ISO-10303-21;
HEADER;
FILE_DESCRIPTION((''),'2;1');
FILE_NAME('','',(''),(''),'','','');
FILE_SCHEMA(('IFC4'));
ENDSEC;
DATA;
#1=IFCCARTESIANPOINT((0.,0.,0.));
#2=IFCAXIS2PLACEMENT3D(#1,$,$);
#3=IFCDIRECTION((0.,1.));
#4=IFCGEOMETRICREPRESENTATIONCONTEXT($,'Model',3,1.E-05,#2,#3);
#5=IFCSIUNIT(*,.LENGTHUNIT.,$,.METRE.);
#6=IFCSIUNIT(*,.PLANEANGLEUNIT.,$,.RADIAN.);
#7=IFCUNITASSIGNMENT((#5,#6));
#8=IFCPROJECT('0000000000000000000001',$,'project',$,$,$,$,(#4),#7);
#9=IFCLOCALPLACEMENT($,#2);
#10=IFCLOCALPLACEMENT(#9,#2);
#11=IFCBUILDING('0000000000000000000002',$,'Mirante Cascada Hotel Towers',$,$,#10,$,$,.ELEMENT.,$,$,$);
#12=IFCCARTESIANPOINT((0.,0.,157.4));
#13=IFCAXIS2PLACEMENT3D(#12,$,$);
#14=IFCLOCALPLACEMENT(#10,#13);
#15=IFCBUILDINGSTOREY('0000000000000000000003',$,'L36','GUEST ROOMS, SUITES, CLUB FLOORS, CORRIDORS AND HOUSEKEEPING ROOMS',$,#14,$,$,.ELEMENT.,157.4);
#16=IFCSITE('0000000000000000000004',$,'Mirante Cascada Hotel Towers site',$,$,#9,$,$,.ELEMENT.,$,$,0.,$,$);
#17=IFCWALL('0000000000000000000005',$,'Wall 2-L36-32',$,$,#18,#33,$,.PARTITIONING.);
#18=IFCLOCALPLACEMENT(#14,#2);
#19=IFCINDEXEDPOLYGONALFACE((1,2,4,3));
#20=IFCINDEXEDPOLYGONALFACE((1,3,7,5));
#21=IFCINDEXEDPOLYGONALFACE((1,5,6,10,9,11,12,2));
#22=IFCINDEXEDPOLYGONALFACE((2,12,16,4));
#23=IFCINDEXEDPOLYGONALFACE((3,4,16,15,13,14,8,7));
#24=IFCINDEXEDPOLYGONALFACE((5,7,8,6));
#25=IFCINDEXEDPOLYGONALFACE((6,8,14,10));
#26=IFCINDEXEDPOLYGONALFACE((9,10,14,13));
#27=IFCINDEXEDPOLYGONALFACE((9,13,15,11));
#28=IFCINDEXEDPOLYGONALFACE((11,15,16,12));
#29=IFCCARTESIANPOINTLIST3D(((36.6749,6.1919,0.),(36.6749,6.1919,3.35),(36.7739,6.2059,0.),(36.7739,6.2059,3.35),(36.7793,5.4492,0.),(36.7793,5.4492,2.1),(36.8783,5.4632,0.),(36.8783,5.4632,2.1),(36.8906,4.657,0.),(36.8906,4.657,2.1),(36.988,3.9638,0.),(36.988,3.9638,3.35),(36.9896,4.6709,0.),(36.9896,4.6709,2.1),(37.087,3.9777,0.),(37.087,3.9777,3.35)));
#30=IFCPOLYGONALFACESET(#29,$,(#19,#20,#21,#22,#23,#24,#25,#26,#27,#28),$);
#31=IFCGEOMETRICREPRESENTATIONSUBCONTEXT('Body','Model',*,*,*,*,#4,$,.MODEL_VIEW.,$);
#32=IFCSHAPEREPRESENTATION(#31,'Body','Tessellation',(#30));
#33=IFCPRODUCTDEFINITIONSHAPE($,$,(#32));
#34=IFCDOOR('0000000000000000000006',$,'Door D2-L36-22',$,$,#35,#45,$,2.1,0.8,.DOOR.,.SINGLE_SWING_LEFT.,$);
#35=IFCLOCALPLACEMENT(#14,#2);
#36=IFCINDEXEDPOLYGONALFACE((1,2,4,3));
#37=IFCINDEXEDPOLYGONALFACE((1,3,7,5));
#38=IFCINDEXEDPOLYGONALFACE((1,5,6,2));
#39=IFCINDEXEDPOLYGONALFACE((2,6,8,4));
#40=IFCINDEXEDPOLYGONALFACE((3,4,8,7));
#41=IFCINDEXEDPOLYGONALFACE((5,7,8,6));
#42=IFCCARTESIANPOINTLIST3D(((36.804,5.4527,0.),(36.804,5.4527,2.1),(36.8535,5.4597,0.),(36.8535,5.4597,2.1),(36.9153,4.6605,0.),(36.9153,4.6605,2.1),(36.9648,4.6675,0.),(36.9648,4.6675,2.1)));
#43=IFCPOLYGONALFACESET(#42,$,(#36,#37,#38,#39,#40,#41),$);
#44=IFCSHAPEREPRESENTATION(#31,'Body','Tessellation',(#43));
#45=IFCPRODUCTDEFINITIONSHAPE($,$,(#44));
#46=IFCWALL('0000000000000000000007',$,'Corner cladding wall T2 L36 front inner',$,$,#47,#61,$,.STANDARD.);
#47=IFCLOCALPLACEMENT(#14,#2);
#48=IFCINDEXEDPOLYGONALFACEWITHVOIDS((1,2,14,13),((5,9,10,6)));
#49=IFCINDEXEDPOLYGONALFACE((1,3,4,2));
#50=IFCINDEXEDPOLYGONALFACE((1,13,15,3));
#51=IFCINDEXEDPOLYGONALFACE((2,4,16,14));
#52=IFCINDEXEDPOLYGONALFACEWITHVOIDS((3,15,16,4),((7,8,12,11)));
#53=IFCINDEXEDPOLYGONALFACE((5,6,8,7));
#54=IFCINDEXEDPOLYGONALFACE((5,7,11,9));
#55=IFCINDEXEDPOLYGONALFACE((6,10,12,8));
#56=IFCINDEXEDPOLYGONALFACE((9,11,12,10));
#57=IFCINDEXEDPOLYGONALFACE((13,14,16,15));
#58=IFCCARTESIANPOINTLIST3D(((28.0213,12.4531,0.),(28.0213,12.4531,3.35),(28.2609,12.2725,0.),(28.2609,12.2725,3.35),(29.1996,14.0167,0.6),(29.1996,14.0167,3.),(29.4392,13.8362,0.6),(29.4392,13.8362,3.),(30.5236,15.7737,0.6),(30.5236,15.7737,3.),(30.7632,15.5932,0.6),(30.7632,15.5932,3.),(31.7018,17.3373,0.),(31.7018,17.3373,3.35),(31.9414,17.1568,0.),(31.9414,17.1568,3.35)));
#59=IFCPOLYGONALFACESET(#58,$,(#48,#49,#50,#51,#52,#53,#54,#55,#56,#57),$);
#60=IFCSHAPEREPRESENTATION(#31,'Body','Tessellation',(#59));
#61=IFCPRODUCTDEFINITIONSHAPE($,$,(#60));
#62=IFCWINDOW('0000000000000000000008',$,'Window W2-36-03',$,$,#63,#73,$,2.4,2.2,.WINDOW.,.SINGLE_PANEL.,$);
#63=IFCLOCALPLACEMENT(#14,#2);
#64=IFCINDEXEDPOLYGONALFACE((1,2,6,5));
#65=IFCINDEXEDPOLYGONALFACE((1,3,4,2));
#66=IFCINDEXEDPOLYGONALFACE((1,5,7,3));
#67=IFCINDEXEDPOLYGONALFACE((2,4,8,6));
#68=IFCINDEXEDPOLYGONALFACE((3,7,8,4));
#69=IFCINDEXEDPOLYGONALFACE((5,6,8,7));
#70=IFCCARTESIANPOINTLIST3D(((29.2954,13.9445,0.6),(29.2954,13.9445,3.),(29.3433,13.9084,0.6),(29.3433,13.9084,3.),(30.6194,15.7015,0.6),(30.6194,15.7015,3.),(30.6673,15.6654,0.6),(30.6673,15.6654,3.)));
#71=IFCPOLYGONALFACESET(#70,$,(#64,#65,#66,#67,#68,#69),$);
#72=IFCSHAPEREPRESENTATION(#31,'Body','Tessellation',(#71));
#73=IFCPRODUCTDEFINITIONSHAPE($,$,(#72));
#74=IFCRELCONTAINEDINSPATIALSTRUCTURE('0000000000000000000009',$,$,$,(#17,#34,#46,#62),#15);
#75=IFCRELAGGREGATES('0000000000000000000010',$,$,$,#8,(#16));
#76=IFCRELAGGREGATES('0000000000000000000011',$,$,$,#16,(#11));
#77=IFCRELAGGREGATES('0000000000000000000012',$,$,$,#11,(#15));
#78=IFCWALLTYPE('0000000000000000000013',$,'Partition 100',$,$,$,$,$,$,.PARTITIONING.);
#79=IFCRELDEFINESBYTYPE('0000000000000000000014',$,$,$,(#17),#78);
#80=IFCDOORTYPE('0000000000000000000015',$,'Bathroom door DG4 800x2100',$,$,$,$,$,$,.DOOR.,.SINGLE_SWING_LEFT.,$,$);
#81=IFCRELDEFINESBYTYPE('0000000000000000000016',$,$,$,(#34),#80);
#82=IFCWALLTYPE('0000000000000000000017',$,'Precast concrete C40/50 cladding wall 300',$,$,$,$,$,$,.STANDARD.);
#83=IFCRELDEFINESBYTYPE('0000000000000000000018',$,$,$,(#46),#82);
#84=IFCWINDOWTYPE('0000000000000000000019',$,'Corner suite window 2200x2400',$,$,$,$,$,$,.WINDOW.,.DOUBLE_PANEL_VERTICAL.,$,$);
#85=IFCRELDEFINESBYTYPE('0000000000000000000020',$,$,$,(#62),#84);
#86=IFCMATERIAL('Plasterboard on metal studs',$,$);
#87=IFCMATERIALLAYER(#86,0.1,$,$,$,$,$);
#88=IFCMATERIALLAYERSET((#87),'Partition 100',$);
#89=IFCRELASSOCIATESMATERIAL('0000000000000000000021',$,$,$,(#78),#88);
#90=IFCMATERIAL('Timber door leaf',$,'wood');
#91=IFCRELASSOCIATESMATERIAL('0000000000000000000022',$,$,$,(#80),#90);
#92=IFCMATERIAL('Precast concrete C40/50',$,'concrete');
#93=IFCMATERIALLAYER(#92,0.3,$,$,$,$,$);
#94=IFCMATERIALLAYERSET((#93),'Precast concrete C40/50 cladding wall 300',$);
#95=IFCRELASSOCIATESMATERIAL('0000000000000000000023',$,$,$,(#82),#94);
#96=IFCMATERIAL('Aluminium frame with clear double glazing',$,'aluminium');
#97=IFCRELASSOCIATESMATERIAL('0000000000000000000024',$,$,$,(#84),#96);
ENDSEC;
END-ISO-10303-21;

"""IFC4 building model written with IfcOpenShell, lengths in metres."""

from ifc_helpers import new_model, si_unit, direction, frame, frame_2d, origin, place, context, subcontext, project, spatial, rectangle, extrude, material, layer, layer_set, type_object, element, fill, save


model = new_model("IFC4")

# Units and contexts
model_context = context("Model", 3, precision=1e-05, world=origin(), true_north=direction((0.0, 1.0)))
body_context = subcontext(model_context, "Body", "Model", "MODEL_VIEW")
ifc_project = project(units=[si_unit("LENGTHUNIT", "METRE"), si_unit("PLANEANGLEUNIT", "RADIAN")], contexts=[model_context])

# Site, building, storey
site_placement = place(None, origin())
site = spatial("IfcSite", under=ifc_project, at=site_placement, Name="Mirante Cascada Hotel Towers site", CompositionType="ELEMENT", RefElevation=0.0)
building_placement = place(site_placement, origin())
building = spatial("IfcBuilding", under=site, at=building_placement, Name="Mirante Cascada Hotel Towers", CompositionType="ELEMENT")
storey_placement = place(building_placement, frame((0.0, 0.0, 157.4)))
storey = spatial("IfcBuildingStorey", under=building, at=storey_placement, Name="L36", Description="GUEST ROOMS, SUITES, CLUB FLOORS, CORRIDORS AND HOUSEKEEPING ROOMS", CompositionType="ELEMENT", Elevation=157.4)

# Shared definitions
ifc_material_1 = material(Name="Plasterboard on metal studs")
ifc_layer_1 = layer(ifc_material_1, 0.1)
ifc_layer_set_1 = layer_set([ifc_layer_1], Name="Partition 100")
wall_type_1 = type_object("IfcWallType", Name="Partition 100", PredefinedType="PARTITIONING", material=ifc_layer_set_1)

# Shared definitions
ifc_material_2 = material(Name="Timber door leaf", Category="wood")
door_type = type_object("IfcDoorType", Name="Bathroom door DG4 800x2100", OperationType="SINGLE_SWING_LEFT", PredefinedType="DOOR", material=ifc_material_2)

# Wall, opening, door
wall_1_placement = place(storey_placement, frame((36.7244, 6.1989, 0.0), z_axis=(0.0, 0.0, 1.0), x_axis=(0.139156, -0.990271, 0.0)))
wall_1 = element("IfcWall", 1, at=wall_1_placement, inside=storey, type_object=wall_type_1, Name="Wall 2-L36-32", PredefinedType="PARTITIONING", context=body_context, shape_type="SweptSolid", body=[
    extrude(rectangle(XDim=2.25, YDim=0.1, at=frame_2d((1.125, 0.0))), origin(), (0.0, 0.0, 1.0), 3.35),
])
opening_1_placement = place(wall_1_placement, frame((0.75, 0.0, 0.0)))
opening_1 = element("IfcOpeningElement", 2, at=opening_1_placement, cuts=wall_1, PredefinedType="OPENING", context=body_context, shape_type="SweptSolid", body=[
    extrude(rectangle(XDim=0.8, YDim=2.1, at=frame_2d((0.4, 1.05))), frame((0.0, 0.05, 0.0), z_axis=(0.0, -1.0, 0.0), x_axis=(1.0, 0.0, 0.0)), (0.0, 0.0, 1.0), 0.1),
])
door_1_placement = place(opening_1_placement, origin())
door_1 = element("IfcDoor", 3, at=door_1_placement, inside=storey, type_object=door_type, Name="Door D2-L36-22", OperationType="SINGLE_SWING_LEFT", OverallHeight=2.1, OverallWidth=0.8, PredefinedType="DOOR", context=body_context, shape_type="SweptSolid", body=[
    extrude(rectangle(XDim=0.8, YDim=2.1, at=frame_2d((0.4, 1.05))), frame((0.0, 0.025, 0.0), z_axis=(0.0, -1.0, 0.0), x_axis=(1.0, 0.0, 0.0)), (0.0, 0.0, 1.0), 0.05),
])
fill(opening_1, door_1)

# Wall, opening, window
ifc_material_3 = material(Name="Precast concrete C40/50", Category="concrete")
ifc_layer_2 = layer(ifc_material_3, 0.3)
ifc_layer_set_2 = layer_set([ifc_layer_2], Name="Precast concrete C40/50 cladding wall 300")
wall_type_2 = type_object("IfcWallType", Name="Precast concrete C40/50 cladding wall 300", PredefinedType="STANDARD", material=ifc_layer_set_2)
wall_2_placement = place(storey_placement, frame((31.8216, 17.247, 0.0), z_axis=(0.0, 0.0, 1.0), x_axis=(-0.601814, -0.798636, 0.0)))
wall_2 = element("IfcWall", 4, at=wall_2_placement, inside=storey, type_object=wall_type_2, Name="Corner cladding wall T2 L36 front inner", PredefinedType="STANDARD", context=body_context, shape_type="SweptSolid", body=[
    extrude(rectangle(XDim=6.1157, YDim=0.3, at=frame_2d((3.0578, 0.0))), origin(), (0.0, 0.0, 1.0), 3.35),
])
opening_2_placement = place(wall_2_placement, frame((1.9578, 0.0, 0.6)))
opening_2 = element("IfcOpeningElement", 5, at=opening_2_placement, cuts=wall_2, PredefinedType="OPENING", context=body_context, shape_type="SweptSolid", body=[
    extrude(rectangle(XDim=2.2, YDim=2.4, at=frame_2d((1.1, 1.2))), frame((0.0, 0.15, 0.0), z_axis=(0.0, -1.0, 0.0), x_axis=(1.0, 0.0, 0.0)), (0.0, 0.0, 1.0), 0.3),
])
ifc_material_4 = material(Name="Aluminium frame with clear double glazing", Category="aluminium")
window_type = type_object("IfcWindowType", Name="Corner suite window 2200x2400", PartitioningType="DOUBLE_PANEL_VERTICAL", PredefinedType="WINDOW", material=ifc_material_4)
window_placement = place(opening_2_placement, origin())
window = element("IfcWindow", 6, at=window_placement, inside=storey, type_object=window_type, Name="Window W2-36-03", OverallHeight=2.4, OverallWidth=2.2, PartitioningType="SINGLE_PANEL", PredefinedType="WINDOW", context=body_context, shape_type="SweptSolid", body=[
    extrude(rectangle(XDim=2.2, YDim=2.4, at=frame_2d((1.1, 1.2))), frame((0.0, 0.03, 0.0), z_axis=(0.0, -1.0, 0.0), x_axis=(1.0, 0.0, 0.0)), (0.0, 0.0, 1.0), 0.06),
])
fill(opening_2, window)

save(model, "model.ifc")
